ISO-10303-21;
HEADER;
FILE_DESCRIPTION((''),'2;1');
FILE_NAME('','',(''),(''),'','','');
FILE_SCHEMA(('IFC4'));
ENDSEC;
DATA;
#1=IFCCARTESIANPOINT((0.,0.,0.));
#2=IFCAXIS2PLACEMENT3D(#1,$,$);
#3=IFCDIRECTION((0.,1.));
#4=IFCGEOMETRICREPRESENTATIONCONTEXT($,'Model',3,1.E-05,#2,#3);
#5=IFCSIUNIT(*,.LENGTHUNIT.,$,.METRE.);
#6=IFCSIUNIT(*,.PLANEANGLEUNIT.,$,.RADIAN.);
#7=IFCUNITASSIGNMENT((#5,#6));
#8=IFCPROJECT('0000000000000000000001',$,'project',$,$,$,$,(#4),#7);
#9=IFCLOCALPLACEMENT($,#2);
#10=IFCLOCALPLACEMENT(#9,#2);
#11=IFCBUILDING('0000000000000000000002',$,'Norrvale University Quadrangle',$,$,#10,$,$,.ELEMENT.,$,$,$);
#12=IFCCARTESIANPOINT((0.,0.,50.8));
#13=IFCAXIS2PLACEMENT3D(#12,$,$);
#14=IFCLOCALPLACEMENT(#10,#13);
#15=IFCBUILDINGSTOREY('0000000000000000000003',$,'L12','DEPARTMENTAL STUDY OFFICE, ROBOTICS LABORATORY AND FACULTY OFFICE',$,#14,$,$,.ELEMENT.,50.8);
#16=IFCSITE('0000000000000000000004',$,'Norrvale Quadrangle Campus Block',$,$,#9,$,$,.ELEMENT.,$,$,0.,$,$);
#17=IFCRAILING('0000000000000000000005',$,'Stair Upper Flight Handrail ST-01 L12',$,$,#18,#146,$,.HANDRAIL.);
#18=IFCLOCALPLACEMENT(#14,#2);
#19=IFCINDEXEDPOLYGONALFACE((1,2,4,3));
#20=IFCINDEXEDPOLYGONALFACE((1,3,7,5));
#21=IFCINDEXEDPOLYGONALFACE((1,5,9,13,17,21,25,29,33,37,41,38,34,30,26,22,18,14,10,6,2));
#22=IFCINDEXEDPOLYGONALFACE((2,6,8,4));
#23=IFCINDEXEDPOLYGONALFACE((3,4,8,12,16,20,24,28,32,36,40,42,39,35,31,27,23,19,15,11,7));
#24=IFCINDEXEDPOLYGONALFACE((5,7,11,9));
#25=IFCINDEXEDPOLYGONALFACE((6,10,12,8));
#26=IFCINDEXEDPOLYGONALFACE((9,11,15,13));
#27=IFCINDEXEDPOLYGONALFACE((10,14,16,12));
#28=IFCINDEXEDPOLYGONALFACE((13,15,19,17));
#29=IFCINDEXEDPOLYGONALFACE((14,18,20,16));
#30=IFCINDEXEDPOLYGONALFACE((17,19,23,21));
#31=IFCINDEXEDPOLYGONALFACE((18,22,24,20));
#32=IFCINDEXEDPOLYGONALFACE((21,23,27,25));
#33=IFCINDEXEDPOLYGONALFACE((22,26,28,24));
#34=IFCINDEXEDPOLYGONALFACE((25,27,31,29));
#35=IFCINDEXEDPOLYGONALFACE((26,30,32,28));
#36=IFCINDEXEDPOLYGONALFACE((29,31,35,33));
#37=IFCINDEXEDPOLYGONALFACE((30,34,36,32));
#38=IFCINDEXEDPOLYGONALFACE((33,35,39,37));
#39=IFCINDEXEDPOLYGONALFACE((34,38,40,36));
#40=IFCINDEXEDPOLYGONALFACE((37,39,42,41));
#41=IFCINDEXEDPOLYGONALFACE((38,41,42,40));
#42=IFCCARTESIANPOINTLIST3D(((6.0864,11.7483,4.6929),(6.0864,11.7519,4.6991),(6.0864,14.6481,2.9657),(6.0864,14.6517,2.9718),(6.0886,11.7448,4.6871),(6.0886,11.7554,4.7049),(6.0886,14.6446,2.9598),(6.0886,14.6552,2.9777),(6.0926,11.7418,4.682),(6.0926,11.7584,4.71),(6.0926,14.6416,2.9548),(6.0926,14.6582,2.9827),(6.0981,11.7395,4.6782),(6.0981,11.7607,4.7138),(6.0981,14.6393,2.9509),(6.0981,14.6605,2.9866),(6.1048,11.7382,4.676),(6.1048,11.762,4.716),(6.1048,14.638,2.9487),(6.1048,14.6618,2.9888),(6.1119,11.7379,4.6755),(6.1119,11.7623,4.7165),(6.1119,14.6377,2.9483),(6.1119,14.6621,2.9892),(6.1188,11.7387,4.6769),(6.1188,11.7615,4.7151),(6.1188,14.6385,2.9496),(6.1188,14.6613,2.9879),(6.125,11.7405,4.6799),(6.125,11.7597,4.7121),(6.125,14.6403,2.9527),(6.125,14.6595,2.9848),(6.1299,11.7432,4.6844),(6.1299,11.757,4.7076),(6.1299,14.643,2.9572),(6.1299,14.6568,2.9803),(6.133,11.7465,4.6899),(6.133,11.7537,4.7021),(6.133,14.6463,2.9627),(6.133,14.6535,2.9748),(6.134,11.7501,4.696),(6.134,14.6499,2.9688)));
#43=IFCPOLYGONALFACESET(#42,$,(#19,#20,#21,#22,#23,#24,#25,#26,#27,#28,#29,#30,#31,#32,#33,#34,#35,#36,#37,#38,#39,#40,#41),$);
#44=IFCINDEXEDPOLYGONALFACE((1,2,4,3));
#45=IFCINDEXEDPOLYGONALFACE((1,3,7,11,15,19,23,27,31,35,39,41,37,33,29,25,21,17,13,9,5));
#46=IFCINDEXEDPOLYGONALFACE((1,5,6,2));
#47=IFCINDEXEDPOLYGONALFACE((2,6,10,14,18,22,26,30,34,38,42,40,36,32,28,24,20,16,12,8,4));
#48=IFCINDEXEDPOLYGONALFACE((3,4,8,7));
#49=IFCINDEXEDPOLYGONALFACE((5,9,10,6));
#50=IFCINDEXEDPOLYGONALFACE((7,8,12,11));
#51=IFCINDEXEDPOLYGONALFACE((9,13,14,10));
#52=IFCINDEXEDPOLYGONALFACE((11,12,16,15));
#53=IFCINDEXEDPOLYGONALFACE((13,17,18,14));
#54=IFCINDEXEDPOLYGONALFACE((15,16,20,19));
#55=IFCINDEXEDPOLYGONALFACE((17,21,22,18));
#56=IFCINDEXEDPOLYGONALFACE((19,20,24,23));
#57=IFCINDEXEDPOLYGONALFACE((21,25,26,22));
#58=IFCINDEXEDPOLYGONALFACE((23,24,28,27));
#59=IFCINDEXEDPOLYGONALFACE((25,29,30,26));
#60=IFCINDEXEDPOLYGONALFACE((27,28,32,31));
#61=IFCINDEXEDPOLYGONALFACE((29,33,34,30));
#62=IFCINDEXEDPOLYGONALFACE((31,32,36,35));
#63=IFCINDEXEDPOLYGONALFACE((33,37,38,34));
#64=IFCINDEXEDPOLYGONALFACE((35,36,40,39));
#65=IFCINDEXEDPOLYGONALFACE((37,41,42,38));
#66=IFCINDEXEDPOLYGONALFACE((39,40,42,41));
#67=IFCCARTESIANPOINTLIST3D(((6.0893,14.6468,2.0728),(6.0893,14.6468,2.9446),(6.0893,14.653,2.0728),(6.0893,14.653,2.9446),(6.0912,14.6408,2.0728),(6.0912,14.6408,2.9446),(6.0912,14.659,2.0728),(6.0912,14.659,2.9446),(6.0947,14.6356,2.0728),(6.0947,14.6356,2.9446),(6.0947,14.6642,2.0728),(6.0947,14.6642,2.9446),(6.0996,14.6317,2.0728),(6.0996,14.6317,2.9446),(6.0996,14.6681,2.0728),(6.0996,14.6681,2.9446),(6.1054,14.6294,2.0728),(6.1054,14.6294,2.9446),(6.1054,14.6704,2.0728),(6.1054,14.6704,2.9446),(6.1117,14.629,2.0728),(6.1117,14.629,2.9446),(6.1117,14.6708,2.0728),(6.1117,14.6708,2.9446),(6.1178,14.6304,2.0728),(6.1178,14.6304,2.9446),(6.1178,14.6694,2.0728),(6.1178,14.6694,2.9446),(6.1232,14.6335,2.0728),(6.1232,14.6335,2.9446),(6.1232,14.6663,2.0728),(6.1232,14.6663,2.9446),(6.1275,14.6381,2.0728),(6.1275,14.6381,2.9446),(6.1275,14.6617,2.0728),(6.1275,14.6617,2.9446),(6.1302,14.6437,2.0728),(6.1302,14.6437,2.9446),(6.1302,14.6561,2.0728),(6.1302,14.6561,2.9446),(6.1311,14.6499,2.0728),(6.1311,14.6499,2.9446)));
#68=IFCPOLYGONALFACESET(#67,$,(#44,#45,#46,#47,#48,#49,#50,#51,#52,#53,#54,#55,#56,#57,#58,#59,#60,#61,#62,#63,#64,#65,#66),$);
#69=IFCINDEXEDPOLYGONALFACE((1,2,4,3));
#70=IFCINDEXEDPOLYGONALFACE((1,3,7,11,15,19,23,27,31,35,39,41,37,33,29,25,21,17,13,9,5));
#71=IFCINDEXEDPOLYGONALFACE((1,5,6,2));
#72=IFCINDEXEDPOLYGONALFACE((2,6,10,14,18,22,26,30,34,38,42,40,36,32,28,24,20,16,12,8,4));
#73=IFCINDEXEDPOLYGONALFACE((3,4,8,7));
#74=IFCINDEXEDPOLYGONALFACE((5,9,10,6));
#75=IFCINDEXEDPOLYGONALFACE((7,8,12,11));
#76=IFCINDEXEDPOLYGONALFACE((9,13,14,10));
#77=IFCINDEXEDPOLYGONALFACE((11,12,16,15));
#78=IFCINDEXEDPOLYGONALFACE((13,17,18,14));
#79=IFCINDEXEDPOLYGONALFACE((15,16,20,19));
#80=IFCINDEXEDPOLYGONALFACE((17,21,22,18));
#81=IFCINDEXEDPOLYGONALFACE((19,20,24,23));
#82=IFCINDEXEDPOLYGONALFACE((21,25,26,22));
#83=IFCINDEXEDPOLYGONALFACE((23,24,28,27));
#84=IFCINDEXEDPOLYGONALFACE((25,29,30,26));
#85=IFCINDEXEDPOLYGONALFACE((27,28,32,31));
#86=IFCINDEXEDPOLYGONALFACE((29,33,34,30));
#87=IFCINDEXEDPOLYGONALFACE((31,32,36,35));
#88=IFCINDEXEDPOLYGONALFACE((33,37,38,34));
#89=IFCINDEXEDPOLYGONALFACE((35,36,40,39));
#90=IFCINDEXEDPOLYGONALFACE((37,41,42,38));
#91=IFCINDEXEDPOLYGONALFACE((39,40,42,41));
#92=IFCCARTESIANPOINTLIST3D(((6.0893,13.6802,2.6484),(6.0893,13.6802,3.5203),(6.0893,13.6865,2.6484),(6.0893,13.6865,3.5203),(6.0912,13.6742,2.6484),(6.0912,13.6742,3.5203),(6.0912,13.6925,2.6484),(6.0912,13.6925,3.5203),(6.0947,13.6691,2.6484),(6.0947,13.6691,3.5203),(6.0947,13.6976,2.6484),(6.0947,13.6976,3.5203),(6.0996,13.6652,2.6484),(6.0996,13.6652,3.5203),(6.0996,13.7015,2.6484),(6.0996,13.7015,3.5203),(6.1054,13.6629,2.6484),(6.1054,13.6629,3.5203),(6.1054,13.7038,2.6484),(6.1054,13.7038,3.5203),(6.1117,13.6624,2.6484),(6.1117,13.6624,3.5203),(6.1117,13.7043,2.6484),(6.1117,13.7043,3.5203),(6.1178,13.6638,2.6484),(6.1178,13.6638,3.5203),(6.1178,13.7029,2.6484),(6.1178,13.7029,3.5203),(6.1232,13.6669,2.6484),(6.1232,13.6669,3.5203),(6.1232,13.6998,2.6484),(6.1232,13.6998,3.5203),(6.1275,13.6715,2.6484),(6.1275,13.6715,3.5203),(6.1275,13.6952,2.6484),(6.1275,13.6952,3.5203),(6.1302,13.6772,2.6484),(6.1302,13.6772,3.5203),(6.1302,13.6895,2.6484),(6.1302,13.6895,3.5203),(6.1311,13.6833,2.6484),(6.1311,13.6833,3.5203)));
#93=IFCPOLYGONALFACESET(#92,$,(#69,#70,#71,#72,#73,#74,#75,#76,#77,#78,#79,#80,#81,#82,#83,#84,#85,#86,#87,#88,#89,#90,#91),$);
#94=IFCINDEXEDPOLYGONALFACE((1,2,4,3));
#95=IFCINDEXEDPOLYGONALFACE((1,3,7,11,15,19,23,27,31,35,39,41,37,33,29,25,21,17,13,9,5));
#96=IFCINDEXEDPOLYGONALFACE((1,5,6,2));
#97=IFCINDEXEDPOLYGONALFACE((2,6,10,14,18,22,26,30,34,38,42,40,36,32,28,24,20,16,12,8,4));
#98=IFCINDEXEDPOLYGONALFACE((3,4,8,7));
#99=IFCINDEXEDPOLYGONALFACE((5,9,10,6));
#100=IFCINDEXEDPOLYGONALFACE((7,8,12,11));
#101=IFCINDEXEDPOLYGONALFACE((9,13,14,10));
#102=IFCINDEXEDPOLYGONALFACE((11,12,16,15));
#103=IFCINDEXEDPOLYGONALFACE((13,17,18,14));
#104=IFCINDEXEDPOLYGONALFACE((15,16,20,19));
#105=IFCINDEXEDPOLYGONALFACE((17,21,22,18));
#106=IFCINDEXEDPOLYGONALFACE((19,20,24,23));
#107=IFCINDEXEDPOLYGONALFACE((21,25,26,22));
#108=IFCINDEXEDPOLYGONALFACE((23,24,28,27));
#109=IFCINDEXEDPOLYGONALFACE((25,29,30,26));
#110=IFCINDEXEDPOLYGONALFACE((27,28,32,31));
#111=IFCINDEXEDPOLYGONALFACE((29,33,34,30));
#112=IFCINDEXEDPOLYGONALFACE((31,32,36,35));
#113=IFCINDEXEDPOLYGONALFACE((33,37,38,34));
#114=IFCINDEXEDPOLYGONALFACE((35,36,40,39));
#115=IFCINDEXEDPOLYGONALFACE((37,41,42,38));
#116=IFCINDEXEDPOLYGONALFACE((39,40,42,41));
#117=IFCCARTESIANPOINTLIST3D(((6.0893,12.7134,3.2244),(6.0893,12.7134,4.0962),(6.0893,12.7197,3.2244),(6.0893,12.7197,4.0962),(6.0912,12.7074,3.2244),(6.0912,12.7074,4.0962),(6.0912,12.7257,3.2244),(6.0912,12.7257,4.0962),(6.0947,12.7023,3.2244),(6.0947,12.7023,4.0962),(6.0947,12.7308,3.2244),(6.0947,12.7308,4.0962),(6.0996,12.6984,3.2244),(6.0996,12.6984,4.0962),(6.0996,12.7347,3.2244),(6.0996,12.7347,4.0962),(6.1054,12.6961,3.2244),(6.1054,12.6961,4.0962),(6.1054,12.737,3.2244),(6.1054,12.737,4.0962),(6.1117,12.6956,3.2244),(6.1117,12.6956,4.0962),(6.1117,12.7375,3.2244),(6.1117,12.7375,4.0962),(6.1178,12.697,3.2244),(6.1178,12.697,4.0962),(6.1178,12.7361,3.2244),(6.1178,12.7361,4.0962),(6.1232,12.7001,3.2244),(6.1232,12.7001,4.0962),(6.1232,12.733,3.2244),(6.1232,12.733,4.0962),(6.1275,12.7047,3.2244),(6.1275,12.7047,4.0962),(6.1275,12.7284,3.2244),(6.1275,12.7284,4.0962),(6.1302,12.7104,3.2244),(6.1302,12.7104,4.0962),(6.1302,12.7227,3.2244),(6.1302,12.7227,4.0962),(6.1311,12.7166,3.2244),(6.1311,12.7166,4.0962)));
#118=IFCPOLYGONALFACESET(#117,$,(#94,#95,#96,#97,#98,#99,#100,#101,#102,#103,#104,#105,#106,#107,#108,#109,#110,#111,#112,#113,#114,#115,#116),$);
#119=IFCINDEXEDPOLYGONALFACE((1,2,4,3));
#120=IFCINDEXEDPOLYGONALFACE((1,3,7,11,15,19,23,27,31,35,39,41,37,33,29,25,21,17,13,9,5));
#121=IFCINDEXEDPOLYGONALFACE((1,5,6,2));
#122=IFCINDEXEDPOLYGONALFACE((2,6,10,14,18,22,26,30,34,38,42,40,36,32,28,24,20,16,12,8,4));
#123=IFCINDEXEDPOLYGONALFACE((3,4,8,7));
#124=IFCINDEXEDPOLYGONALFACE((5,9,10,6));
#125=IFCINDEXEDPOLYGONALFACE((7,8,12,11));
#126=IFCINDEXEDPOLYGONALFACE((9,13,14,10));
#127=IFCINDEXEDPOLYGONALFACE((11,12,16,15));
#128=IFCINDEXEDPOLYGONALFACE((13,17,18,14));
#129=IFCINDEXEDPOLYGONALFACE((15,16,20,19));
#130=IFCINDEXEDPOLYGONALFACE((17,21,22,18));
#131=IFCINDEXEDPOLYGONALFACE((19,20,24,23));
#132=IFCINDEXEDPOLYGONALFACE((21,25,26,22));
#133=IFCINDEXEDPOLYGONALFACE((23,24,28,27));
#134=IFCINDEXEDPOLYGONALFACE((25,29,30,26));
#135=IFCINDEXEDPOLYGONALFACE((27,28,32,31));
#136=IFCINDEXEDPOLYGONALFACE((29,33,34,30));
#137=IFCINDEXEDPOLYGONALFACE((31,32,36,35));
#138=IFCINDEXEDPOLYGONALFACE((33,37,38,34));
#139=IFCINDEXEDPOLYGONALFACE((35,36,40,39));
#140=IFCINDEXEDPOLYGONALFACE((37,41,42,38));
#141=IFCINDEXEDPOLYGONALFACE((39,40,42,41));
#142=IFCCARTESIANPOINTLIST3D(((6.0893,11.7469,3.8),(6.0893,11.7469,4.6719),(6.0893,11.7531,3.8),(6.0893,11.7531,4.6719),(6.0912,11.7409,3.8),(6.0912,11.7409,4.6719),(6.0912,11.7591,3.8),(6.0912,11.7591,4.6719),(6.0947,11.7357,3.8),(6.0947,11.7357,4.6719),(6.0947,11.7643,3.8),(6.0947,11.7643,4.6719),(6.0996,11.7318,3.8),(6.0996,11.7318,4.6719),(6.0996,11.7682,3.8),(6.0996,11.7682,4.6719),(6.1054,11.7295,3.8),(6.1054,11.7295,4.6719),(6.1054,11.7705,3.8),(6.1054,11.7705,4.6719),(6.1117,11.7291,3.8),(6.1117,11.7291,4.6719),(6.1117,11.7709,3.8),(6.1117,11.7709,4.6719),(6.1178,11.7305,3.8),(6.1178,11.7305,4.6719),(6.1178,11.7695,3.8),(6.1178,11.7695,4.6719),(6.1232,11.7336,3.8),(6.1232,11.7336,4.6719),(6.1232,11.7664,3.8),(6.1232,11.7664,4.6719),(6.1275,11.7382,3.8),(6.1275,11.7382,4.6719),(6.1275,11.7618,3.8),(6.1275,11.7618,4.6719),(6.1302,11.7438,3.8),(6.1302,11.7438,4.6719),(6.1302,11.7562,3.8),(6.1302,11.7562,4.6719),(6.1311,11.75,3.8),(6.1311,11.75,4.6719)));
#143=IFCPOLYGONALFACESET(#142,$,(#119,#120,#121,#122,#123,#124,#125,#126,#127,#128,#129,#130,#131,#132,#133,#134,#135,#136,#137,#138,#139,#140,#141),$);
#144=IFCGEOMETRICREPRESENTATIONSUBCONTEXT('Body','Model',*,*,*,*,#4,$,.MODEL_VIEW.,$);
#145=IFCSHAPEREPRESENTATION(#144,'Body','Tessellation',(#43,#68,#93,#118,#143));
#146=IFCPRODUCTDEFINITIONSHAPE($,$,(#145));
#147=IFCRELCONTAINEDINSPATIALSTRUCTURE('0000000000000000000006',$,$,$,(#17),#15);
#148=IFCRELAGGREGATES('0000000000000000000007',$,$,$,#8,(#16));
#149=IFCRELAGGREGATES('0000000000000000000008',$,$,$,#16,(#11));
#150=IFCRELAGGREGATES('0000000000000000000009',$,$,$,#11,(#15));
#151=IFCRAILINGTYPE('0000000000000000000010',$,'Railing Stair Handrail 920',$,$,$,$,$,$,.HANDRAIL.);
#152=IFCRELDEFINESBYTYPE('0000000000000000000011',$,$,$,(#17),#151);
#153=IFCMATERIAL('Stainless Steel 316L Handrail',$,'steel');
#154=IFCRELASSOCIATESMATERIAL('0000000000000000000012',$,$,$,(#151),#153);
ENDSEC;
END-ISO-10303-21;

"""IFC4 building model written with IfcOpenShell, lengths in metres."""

from ifc_helpers import new_model, si_unit, direction, frame, origin, origin_2d, place, context, subcontext, project, spatial, circle, extrude, material, type_object, element, save


model = new_model("IFC4")

# Units and contexts
model_context = context("Model", 3, precision=1e-05, world=origin(), true_north=direction((0.0, 1.0)))
body_context = subcontext(model_context, "Body", "Model", "MODEL_VIEW")
ifc_project = project(units=[si_unit("LENGTHUNIT", "METRE"), si_unit("PLANEANGLEUNIT", "RADIAN")], contexts=[model_context])

# Site, building, storey
site_placement = place(None, origin())
site = spatial("IfcSite", under=ifc_project, at=site_placement, Name="Norrvale Quadrangle Campus Block", CompositionType="ELEMENT", RefElevation=0.0)
building_placement = place(site_placement, origin())
building = spatial("IfcBuilding", under=site, at=building_placement, Name="Norrvale University Quadrangle", CompositionType="ELEMENT")
storey_placement = place(building_placement, frame((0.0, 0.0, 50.8)))
storey = spatial("IfcBuildingStorey", under=building, at=storey_placement, Name="L12", Description="DEPARTMENTAL STUDY OFFICE, ROBOTICS LABORATORY AND FACULTY OFFICE", CompositionType="ELEMENT", Elevation=50.8)

# Railing
ifc_material_1 = material(Name="Stainless Steel 316L Handrail", Category="steel")
railing_type_1 = type_object("IfcRailingType", Name="Railing Stair Handrail 920", PredefinedType="HANDRAIL", material=ifc_material_1)
railing_1_placement = place(storey_placement, frame((6.1101, 14.6499, 2.0728)))
element("IfcRailing", 1, at=railing_1_placement, inside=storey, type_object=railing_type_1, Name="Stair Upper Flight Handrail ST-01 L12", PredefinedType="HANDRAIL", context=body_context, shape_type="SweptSolid", body=[
    extrude(circle(Radius=0.0239, at=origin_2d()), frame((0.0, 0.0, 0.896), z_axis=(0.0, -0.859141, 0.511738), x_axis=(1.0, 0.0, 0.0)), (0.0, 0.0, 1.0), 3.3752),
    extrude(circle(Radius=0.021, at=origin_2d()), origin(), (0.0, 0.0, 1.0), 0.8718),
    extrude(circle(Radius=0.021, at=origin_2d()), frame((0.0, -0.9666, 0.5757)), (0.0, 0.0, 1.0), 0.8718),
    extrude(circle(Radius=0.021, at=origin_2d()), frame((0.0, -1.9333, 1.1516)), (0.0, 0.0, 1.0), 0.8718),
    extrude(circle(Radius=0.021, at=origin_2d()), frame((0.0, -2.8999, 1.7273)), (0.0, 0.0, 1.0), 0.8718),
])

save(model, "model.ifc")
